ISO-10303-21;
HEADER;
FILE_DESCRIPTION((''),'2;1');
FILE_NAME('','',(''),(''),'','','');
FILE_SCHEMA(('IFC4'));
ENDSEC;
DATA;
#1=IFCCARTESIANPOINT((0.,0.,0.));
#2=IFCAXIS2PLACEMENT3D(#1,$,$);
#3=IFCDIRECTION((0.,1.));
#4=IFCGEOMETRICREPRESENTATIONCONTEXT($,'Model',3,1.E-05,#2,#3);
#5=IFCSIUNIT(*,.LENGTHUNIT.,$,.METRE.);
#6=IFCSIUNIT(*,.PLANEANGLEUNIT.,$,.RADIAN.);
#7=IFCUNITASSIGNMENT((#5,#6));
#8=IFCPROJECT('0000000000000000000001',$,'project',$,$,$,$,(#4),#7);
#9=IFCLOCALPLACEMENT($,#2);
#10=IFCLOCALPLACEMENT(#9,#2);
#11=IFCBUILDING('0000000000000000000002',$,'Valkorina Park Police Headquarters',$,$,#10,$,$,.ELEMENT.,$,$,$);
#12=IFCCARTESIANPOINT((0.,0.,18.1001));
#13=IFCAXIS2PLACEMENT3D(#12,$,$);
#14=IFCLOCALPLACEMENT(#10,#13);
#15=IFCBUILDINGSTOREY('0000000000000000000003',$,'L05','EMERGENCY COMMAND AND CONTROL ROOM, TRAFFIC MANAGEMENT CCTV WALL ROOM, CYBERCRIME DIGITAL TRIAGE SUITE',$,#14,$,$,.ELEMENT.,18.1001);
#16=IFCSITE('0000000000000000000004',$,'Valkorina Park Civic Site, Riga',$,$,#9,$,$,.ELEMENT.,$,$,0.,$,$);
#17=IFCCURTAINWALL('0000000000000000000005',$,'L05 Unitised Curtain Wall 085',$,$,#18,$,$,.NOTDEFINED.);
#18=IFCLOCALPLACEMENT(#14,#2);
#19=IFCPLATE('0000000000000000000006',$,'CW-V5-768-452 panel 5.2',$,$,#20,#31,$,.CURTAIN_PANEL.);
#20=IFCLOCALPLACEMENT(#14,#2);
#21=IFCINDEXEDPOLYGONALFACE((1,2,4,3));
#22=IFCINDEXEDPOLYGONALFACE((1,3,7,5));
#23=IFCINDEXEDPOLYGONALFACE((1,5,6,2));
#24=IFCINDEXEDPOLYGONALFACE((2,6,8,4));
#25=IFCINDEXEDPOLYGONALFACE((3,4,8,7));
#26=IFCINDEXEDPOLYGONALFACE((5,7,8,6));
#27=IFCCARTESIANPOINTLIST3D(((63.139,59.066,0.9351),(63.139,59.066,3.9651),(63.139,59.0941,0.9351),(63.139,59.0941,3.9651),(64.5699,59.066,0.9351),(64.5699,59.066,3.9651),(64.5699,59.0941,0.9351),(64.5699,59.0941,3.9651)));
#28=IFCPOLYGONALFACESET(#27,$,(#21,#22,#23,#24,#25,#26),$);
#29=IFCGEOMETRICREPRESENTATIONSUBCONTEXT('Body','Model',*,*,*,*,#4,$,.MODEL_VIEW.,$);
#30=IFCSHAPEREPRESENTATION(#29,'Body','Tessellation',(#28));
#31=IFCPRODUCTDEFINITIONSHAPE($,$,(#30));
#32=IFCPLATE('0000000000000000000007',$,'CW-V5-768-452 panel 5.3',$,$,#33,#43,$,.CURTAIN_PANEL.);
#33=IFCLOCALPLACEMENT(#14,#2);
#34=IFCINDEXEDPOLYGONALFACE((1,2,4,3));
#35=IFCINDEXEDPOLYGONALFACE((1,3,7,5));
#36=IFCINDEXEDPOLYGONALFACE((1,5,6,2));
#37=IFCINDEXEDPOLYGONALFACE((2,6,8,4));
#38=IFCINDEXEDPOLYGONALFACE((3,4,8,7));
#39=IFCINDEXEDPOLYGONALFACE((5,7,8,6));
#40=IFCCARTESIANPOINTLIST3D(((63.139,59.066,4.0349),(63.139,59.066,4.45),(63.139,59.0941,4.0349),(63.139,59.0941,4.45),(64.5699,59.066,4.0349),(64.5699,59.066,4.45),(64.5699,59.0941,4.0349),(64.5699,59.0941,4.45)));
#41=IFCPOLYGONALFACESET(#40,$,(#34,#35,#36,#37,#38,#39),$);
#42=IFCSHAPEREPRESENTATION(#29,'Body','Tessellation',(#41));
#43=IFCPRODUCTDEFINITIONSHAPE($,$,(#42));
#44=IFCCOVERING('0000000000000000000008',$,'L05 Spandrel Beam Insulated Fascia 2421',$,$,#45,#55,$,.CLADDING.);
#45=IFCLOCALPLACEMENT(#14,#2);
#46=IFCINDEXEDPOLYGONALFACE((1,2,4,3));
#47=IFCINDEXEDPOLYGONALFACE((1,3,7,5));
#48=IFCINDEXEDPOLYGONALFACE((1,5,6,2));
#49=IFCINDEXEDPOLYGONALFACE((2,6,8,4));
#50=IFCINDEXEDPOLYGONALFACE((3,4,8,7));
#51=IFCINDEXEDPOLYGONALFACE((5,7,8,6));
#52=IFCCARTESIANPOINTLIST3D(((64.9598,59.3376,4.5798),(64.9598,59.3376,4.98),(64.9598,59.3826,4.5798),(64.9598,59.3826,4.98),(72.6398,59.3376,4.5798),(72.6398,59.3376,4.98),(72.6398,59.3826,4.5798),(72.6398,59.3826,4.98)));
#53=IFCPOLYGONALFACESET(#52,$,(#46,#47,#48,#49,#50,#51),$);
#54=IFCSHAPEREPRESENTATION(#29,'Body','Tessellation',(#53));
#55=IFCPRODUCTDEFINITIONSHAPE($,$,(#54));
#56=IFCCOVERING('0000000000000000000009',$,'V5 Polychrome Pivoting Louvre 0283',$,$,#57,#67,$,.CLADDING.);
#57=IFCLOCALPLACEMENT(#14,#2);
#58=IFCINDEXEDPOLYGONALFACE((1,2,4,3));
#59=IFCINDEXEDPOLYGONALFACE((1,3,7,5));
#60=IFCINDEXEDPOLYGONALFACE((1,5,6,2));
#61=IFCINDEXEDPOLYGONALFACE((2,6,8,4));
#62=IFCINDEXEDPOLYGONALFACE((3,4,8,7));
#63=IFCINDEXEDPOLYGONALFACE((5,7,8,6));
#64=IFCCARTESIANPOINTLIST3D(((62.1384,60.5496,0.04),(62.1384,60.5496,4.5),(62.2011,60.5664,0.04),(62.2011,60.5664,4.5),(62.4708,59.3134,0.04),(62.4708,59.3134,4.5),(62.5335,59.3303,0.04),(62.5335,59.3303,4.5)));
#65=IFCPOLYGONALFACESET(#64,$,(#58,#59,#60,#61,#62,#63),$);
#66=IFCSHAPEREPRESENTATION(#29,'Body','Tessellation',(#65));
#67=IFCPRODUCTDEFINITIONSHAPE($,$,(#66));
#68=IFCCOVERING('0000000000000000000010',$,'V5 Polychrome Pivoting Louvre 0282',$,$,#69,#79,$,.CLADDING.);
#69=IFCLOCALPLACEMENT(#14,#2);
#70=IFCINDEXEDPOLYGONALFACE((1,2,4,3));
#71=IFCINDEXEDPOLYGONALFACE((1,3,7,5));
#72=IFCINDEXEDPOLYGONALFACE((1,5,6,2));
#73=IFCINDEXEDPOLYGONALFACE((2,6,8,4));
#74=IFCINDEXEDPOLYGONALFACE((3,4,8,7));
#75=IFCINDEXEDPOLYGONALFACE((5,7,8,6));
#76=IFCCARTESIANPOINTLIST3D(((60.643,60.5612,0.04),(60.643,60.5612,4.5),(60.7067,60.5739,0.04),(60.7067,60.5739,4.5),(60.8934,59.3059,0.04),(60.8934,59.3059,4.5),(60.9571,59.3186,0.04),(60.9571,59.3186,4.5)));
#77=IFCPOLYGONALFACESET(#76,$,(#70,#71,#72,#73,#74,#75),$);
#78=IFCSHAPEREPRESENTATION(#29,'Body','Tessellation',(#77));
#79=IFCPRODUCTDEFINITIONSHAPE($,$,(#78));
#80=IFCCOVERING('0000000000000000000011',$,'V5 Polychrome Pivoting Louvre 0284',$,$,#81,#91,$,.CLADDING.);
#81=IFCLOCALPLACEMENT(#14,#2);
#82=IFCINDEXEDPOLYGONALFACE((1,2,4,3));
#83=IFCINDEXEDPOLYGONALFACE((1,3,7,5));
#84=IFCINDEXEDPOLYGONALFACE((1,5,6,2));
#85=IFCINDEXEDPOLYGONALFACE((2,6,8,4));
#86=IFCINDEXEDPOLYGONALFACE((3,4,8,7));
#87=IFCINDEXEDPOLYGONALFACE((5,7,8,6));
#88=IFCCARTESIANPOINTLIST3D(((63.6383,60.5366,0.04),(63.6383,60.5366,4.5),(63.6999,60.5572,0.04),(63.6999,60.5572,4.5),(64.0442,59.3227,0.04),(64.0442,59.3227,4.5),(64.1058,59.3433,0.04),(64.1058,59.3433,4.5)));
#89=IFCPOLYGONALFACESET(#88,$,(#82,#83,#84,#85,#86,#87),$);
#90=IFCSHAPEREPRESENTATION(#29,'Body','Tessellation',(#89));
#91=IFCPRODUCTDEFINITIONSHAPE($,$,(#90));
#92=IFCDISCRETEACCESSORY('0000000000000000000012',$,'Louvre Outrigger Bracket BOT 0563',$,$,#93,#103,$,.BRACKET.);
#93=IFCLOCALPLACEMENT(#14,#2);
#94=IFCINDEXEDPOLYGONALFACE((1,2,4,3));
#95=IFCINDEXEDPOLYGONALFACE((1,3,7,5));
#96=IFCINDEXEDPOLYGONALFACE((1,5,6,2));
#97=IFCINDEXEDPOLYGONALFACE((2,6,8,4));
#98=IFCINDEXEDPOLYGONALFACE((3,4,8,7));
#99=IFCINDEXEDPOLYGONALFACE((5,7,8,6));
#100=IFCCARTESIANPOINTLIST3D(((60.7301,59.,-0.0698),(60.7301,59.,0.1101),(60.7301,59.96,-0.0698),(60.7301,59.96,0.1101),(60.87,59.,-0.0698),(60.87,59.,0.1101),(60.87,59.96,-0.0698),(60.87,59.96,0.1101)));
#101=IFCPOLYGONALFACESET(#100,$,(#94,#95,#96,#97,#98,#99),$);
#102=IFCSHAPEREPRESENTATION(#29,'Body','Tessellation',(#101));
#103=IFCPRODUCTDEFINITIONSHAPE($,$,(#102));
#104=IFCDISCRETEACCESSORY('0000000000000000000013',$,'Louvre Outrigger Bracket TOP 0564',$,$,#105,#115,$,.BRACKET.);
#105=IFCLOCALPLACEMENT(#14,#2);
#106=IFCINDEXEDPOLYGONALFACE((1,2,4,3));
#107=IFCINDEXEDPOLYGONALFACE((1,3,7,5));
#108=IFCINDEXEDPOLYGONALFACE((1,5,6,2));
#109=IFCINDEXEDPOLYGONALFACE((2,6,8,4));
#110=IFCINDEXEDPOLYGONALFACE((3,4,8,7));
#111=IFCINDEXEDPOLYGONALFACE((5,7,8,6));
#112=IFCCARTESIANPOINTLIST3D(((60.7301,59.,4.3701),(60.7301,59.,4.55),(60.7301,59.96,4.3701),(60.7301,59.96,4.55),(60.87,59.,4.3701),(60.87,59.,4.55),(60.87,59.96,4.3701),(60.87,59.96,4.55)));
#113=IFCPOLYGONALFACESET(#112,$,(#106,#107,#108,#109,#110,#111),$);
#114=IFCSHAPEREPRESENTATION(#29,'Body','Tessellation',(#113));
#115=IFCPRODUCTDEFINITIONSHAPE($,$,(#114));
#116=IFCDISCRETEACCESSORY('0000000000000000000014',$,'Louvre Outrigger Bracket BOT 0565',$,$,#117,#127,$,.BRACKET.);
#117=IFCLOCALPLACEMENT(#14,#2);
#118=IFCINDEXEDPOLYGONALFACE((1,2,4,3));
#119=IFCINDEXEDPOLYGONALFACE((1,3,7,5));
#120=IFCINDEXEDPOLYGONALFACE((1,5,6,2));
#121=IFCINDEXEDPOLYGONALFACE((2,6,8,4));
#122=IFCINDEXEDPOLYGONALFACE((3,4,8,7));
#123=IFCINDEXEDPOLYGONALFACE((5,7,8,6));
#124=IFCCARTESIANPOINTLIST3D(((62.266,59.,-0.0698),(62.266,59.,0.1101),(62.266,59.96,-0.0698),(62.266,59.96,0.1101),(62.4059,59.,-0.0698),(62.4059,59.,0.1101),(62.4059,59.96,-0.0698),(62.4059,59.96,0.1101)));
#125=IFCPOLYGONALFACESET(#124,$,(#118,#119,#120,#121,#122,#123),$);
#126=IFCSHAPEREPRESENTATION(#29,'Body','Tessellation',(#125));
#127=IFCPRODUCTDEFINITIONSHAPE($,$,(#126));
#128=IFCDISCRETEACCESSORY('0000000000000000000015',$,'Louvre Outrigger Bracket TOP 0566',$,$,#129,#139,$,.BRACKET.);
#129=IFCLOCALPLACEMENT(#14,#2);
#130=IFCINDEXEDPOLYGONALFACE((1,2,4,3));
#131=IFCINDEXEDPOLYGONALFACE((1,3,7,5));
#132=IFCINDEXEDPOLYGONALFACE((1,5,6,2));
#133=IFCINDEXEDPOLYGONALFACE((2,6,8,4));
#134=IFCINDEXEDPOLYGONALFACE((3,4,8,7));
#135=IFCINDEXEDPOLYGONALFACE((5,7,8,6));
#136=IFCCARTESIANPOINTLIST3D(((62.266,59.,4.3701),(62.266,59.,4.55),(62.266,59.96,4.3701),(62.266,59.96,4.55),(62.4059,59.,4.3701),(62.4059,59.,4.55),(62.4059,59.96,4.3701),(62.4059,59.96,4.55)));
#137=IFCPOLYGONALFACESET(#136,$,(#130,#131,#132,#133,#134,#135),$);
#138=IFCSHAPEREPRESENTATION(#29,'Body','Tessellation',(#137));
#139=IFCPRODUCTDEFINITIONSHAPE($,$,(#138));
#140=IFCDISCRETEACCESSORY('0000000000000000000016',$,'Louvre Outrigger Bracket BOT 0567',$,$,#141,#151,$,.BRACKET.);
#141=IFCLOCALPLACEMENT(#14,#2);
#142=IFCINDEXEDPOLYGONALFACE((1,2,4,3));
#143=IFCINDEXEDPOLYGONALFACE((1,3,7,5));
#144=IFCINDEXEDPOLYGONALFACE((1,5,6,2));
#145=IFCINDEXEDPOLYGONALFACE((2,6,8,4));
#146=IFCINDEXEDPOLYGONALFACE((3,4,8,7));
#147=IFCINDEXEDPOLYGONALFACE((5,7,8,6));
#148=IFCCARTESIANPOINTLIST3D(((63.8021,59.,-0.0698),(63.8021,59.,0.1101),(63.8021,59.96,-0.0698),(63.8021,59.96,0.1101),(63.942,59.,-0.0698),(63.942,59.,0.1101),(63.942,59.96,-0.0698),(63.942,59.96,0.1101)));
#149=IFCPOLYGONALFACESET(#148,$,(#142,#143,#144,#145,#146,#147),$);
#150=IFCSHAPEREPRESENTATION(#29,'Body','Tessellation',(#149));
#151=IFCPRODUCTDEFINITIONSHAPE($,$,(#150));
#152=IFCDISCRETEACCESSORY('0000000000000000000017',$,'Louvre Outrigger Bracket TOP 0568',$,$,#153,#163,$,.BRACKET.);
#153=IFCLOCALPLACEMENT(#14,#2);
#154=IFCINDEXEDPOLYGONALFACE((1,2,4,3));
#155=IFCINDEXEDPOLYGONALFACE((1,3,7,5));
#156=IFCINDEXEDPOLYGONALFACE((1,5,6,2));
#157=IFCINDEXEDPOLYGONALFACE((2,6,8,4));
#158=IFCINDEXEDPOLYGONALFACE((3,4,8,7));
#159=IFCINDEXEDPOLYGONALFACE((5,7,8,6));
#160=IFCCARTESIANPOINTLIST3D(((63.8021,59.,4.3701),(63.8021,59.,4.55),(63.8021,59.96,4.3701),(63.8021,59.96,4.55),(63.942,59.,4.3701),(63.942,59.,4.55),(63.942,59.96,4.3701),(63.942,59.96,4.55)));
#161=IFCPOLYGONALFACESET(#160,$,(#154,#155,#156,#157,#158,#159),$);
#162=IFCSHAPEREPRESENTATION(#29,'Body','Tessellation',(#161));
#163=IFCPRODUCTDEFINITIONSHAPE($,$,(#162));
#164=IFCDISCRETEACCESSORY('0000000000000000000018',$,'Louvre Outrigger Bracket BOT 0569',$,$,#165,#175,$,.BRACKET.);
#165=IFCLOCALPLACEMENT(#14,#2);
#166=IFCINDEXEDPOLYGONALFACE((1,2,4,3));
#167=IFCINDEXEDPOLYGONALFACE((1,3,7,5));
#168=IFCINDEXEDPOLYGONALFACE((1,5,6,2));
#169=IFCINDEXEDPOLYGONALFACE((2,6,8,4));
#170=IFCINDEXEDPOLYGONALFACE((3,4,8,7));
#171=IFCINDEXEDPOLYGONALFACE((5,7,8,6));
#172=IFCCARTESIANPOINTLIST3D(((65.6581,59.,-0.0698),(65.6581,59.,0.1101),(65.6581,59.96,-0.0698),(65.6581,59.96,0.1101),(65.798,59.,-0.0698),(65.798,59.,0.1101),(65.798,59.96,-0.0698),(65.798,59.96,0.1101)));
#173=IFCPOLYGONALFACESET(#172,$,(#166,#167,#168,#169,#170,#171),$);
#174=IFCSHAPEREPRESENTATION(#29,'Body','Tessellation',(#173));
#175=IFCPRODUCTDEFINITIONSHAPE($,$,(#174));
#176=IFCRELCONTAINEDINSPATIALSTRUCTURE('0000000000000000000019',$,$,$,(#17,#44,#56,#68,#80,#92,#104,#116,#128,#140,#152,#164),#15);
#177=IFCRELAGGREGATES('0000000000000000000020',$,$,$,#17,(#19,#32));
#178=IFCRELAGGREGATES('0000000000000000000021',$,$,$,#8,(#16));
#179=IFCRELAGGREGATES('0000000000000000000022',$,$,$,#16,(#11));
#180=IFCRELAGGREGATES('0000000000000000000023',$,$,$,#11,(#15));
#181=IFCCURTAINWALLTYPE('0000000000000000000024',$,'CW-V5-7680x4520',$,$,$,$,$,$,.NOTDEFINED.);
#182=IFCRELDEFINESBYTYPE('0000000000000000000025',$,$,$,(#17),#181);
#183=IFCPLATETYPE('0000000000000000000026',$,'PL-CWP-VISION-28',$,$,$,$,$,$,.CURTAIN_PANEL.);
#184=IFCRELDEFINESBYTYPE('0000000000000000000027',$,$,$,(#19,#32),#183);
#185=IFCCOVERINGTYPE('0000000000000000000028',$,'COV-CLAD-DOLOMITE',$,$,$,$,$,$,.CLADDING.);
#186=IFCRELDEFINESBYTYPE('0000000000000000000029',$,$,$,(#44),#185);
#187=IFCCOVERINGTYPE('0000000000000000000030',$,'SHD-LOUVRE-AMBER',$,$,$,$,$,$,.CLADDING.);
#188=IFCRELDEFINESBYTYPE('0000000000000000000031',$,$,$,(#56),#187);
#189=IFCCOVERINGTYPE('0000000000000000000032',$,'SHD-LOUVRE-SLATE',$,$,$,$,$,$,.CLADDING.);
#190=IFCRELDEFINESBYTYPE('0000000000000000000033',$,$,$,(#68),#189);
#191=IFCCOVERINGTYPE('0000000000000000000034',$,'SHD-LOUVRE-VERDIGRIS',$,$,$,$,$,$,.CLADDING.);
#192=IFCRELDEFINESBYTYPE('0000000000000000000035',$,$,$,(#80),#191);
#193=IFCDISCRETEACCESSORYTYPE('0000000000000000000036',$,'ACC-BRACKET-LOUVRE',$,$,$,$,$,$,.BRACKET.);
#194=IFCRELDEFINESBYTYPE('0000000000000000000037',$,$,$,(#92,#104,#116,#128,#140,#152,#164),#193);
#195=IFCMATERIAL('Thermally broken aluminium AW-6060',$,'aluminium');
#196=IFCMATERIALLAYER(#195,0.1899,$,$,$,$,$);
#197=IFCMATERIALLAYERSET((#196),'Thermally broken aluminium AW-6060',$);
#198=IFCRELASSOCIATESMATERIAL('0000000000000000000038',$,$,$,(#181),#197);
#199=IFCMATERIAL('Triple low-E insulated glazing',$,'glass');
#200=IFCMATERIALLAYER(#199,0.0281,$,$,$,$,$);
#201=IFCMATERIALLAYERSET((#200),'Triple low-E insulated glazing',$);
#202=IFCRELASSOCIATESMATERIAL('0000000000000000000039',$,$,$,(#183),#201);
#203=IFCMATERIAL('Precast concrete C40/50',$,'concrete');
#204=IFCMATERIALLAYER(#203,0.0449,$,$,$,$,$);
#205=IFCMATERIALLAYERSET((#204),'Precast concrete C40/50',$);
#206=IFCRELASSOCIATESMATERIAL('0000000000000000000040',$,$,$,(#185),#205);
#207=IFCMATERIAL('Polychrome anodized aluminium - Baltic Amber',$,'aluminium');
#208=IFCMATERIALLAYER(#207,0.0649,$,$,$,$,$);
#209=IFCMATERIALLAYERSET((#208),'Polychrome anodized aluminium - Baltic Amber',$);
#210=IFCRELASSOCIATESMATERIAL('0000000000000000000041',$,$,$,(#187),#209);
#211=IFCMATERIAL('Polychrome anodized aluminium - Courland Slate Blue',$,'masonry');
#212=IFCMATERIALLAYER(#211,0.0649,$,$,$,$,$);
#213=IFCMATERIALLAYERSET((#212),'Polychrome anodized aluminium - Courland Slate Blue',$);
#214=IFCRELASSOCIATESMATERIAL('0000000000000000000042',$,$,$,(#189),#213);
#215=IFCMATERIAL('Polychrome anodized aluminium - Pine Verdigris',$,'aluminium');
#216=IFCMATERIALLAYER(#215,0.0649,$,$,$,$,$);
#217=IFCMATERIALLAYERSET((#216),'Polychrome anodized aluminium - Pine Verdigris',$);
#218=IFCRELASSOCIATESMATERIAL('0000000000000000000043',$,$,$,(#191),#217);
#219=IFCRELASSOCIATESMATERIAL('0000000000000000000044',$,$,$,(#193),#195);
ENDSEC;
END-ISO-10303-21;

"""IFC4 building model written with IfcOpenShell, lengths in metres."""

from ifc_helpers import new_model, si_unit, direction, frame, frame_2d, origin, origin_2d, place, context, subcontext, project, spatial, rectangle, extrude, material, layer, layer_set, type_object, element, aggregate, save


model = new_model("IFC4")

# Units and contexts
model_context = context("Model", 3, precision=1e-05, world=origin(), true_north=direction((0.0, 1.0)))
body_context = subcontext(model_context, "Body", "Model", "MODEL_VIEW")
ifc_project = project(units=[si_unit("LENGTHUNIT", "METRE"), si_unit("PLANEANGLEUNIT", "RADIAN")], contexts=[model_context])

# Site, building, storey
site_placement = place(None, origin())
site = spatial("IfcSite", under=ifc_project, at=site_placement, Name="Valkorina Park Civic Site, Riga", CompositionType="ELEMENT", RefElevation=0.0)
building_placement = place(site_placement, origin())
building = spatial("IfcBuilding", under=site, at=building_placement, Name="Valkorina Park Police Headquarters", CompositionType="ELEMENT")
storey_placement = place(building_placement, frame((0.0, 0.0, 18.1001)))
storey = spatial("IfcBuildingStorey", under=building, at=storey_placement, Name="L05", Description="EMERGENCY COMMAND AND CONTROL ROOM, TRAFFIC MANAGEMENT CCTV WALL ROOM, CYBERCRIME DIGITAL TRIAGE SUITE", CompositionType="ELEMENT", Elevation=18.1001)

# Curtain wall
ifc_material_1 = material(Name="Thermally broken aluminium AW-6060", Category="aluminium")
ifc_layer_1 = layer(ifc_material_1, 0.1899)
ifc_layer_set_1 = layer_set([ifc_layer_1], Name="Thermally broken aluminium AW-6060")
curtain_wall_type_1 = type_object("IfcCurtainWallType", Name="CW-V5-7680x4520", PredefinedType="NOTDEFINED", material=ifc_layer_set_1)
curtain_wall_1_placement = place(storey_placement, origin())
curtain_wall_1 = element("IfcCurtainWall", 1, at=curtain_wall_1_placement, inside=storey, type_object=curtain_wall_type_1, Name="L05 Unitised Curtain Wall 085", PredefinedType="NOTDEFINED")

# Plates
ifc_material_2 = material(Name="Triple low-E insulated glazing", Category="glass")
ifc_layer_2 = layer(ifc_material_2, 0.0281)
ifc_layer_set_2 = layer_set([ifc_layer_2], Name="Triple low-E insulated glazing")
plate_type_1 = type_object("IfcPlateType", Name="PL-CWP-VISION-28", PredefinedType="CURTAIN_PANEL", material=ifc_layer_set_2)
plate_1_placement = place(storey_placement, frame((63.8545, 59.0801, 0.9351), z_axis=(0.0, 0.0, 1.0), x_axis=(1.0, 0.0, 0.0)))
plate_1 = element("IfcPlate", 2, at=plate_1_placement, type_object=plate_type_1, Name="CW-V5-768-452 panel 5.2", PredefinedType="CURTAIN_PANEL", context=body_context, shape_type="SweptSolid", body=[
    extrude(rectangle(XDim=1.4309, YDim=0.0281, at=origin_2d()), origin(), (0.0, 0.0, 1.0), 3.03),
])
plate_2_placement = place(storey_placement, frame((63.8545, 59.0801, 4.0349), z_axis=(0.0, 0.0, 1.0), x_axis=(1.0, 0.0, 0.0)))
plate_2 = element("IfcPlate", 3, at=plate_2_placement, type_object=plate_type_1, Name="CW-V5-768-452 panel 5.3", PredefinedType="CURTAIN_PANEL", context=body_context, shape_type="SweptSolid", body=[
    extrude(rectangle(XDim=1.4309, YDim=0.0281, at=origin_2d()), origin(), (0.0, 0.0, 1.0), 0.415),
])
aggregate(curtain_wall_1, [plate_1, plate_2])

# Coverings
ifc_material_3 = material(Name="Precast concrete C40/50", Category="concrete")
ifc_layer_3 = layer(ifc_material_3, 0.0449)
ifc_layer_set_3 = layer_set([ifc_layer_3], Name="Precast concrete C40/50")
covering_type_1 = type_object("IfcCoveringType", Name="COV-CLAD-DOLOMITE", PredefinedType="CLADDING", material=ifc_layer_set_3)
covering_1_placement = place(storey_placement, frame((64.96, 59.3601, 4.5798), z_axis=(0.0, 0.0, 1.0), x_axis=(1.0, 0.0, 0.0)))
element("IfcCovering", 4, at=covering_1_placement, inside=storey, type_object=covering_type_1, Name="L05 Spandrel Beam Insulated Fascia 2421", PredefinedType="CLADDING", context=body_context, shape_type="SweptSolid", body=[
    extrude(rectangle(XDim=7.6799, YDim=0.0449, at=frame_2d((3.8398, 0.0))), origin(), (0.0, 0.0, 1.0), 0.4001),
])
ifc_material_4 = material(Name="Polychrome anodized aluminium - Baltic Amber", Category="aluminium")
ifc_layer_4 = layer(ifc_material_4, 0.0649)
ifc_layer_set_4 = layer_set([ifc_layer_4], Name="Polychrome anodized aluminium - Baltic Amber")
covering_type_2 = type_object("IfcCoveringType", Name="SHD-LOUVRE-AMBER", PredefinedType="CLADDING", material=ifc_layer_set_4)
covering_2_placement = place(storey_placement, frame((62.3359, 59.9399, 0.04), z_axis=(0.0, 0.0, 1.0), x_axis=(-0.259662, 0.9657, 0.0)))
element("IfcCovering", 5, at=covering_2_placement, inside=storey, type_object=covering_type_2, Name="V5 Polychrome Pivoting Louvre 0283", PredefinedType="CLADDING", context=body_context, shape_type="SweptSolid", body=[
    extrude(rectangle(XDim=1.28, YDim=0.0649, at=origin_2d()), origin(), (0.0, 0.0, 1.0), 4.46),
])
ifc_material_5 = material(Name="Polychrome anodized aluminium - Courland Slate Blue", Category="masonry")
ifc_layer_5 = layer(ifc_material_5, 0.0649)
ifc_layer_set_5 = layer_set([ifc_layer_5], Name="Polychrome anodized aluminium - Courland Slate Blue")
covering_type_3 = type_object("IfcCoveringType", Name="SHD-LOUVRE-SLATE", PredefinedType="CLADDING", material=ifc_layer_set_5)
covering_3_placement = place(storey_placement, frame((60.8, 59.9399, 0.04), z_axis=(0.0, 0.0, 1.0), x_axis=(-0.195604, 0.980683, 0.0)))
element("IfcCovering", 6, at=covering_3_placement, inside=storey, type_object=covering_type_3, Name="V5 Polychrome Pivoting Louvre 0282", PredefinedType="CLADDING", context=body_context, shape_type="SweptSolid", body=[
    extrude(rectangle(XDim=1.28, YDim=0.0649, at=origin_2d()), origin(), (0.0, 0.0, 1.0), 4.46),
])
ifc_material_6 = material(Name="Polychrome anodized aluminium - Pine Verdigris", Category="aluminium")
ifc_layer_6 = layer(ifc_material_6, 0.0649)
ifc_layer_set_6 = layer_set([ifc_layer_6], Name="Polychrome anodized aluminium - Pine Verdigris")
covering_type_4 = type_object("IfcCoveringType", Name="SHD-LOUVRE-VERDIGRIS", PredefinedType="CLADDING", material=ifc_layer_set_6)
covering_4_placement = place(storey_placement, frame((63.8721, 59.9399, 0.04), z_axis=(0.0, 0.0, 1.0), x_axis=(-0.317139, 0.948379, 0.0)))
element("IfcCovering", 7, at=covering_4_placement, inside=storey, type_object=covering_type_4, Name="V5 Polychrome Pivoting Louvre 0284", PredefinedType="CLADDING", context=body_context, shape_type="SweptSolid", body=[
    extrude(rectangle(XDim=1.28, YDim=0.0649, at=origin_2d()), origin(), (0.0, 0.0, 1.0), 4.46),
])

# Discrete accessories
discrete_accessory_type = type_object("IfcDiscreteAccessoryType", Name="ACC-BRACKET-LOUVRE", PredefinedType="BRACKET", material=ifc_material_1)
for number, where, z_axis, x_axis, name in (
    (8, (60.8, 59.48, -0.0698), (0.0, 0.0, 1.0), (0.0, 1.0, 0.0), "Louvre Outrigger Bracket BOT 0563"),
    (9, (60.8, 59.48, 4.3701), (0.0, 0.0, 1.0), (0.0, 1.0, 0.0), "Louvre Outrigger Bracket TOP 0564"),
    (10, (62.3359, 59.48, -0.0698), (0.0, 0.0, 1.0), (0.0, 1.0, 0.0), "Louvre Outrigger Bracket BOT 0565"),
    (11, (62.3359, 59.48, 4.3701), (0.0, 0.0, 1.0), (0.0, 1.0, 0.0), "Louvre Outrigger Bracket TOP 0566"),
    (12, (63.8721, 59.48, -0.0698), (0.0, 0.0, 1.0), (0.0, 1.0, 0.0), "Louvre Outrigger Bracket BOT 0567"),
    (13, (63.8721, 59.48, 4.3701), (0.0, 0.0, 1.0), (0.0, 1.0, 0.0), "Louvre Outrigger Bracket TOP 0568"),
    (14, (65.728, 59.48, -0.0698), (0.0, 0.0, 1.0), (0.0, 1.0, 0.0), "Louvre Outrigger Bracket BOT 0569"),
):
    element("IfcDiscreteAccessory", number, at=place(storey_placement, frame(where, z_axis=z_axis, x_axis=x_axis)), inside=storey, type_object=discrete_accessory_type, Name=name, PredefinedType="BRACKET", context=body_context, shape_type="SweptSolid", body=[
        extrude(rectangle(XDim=0.96, YDim=0.1399, at=origin_2d()), origin(), (0.0, 0.0, 1.0), 0.1799),
    ])

save(model, "model.ifc")
